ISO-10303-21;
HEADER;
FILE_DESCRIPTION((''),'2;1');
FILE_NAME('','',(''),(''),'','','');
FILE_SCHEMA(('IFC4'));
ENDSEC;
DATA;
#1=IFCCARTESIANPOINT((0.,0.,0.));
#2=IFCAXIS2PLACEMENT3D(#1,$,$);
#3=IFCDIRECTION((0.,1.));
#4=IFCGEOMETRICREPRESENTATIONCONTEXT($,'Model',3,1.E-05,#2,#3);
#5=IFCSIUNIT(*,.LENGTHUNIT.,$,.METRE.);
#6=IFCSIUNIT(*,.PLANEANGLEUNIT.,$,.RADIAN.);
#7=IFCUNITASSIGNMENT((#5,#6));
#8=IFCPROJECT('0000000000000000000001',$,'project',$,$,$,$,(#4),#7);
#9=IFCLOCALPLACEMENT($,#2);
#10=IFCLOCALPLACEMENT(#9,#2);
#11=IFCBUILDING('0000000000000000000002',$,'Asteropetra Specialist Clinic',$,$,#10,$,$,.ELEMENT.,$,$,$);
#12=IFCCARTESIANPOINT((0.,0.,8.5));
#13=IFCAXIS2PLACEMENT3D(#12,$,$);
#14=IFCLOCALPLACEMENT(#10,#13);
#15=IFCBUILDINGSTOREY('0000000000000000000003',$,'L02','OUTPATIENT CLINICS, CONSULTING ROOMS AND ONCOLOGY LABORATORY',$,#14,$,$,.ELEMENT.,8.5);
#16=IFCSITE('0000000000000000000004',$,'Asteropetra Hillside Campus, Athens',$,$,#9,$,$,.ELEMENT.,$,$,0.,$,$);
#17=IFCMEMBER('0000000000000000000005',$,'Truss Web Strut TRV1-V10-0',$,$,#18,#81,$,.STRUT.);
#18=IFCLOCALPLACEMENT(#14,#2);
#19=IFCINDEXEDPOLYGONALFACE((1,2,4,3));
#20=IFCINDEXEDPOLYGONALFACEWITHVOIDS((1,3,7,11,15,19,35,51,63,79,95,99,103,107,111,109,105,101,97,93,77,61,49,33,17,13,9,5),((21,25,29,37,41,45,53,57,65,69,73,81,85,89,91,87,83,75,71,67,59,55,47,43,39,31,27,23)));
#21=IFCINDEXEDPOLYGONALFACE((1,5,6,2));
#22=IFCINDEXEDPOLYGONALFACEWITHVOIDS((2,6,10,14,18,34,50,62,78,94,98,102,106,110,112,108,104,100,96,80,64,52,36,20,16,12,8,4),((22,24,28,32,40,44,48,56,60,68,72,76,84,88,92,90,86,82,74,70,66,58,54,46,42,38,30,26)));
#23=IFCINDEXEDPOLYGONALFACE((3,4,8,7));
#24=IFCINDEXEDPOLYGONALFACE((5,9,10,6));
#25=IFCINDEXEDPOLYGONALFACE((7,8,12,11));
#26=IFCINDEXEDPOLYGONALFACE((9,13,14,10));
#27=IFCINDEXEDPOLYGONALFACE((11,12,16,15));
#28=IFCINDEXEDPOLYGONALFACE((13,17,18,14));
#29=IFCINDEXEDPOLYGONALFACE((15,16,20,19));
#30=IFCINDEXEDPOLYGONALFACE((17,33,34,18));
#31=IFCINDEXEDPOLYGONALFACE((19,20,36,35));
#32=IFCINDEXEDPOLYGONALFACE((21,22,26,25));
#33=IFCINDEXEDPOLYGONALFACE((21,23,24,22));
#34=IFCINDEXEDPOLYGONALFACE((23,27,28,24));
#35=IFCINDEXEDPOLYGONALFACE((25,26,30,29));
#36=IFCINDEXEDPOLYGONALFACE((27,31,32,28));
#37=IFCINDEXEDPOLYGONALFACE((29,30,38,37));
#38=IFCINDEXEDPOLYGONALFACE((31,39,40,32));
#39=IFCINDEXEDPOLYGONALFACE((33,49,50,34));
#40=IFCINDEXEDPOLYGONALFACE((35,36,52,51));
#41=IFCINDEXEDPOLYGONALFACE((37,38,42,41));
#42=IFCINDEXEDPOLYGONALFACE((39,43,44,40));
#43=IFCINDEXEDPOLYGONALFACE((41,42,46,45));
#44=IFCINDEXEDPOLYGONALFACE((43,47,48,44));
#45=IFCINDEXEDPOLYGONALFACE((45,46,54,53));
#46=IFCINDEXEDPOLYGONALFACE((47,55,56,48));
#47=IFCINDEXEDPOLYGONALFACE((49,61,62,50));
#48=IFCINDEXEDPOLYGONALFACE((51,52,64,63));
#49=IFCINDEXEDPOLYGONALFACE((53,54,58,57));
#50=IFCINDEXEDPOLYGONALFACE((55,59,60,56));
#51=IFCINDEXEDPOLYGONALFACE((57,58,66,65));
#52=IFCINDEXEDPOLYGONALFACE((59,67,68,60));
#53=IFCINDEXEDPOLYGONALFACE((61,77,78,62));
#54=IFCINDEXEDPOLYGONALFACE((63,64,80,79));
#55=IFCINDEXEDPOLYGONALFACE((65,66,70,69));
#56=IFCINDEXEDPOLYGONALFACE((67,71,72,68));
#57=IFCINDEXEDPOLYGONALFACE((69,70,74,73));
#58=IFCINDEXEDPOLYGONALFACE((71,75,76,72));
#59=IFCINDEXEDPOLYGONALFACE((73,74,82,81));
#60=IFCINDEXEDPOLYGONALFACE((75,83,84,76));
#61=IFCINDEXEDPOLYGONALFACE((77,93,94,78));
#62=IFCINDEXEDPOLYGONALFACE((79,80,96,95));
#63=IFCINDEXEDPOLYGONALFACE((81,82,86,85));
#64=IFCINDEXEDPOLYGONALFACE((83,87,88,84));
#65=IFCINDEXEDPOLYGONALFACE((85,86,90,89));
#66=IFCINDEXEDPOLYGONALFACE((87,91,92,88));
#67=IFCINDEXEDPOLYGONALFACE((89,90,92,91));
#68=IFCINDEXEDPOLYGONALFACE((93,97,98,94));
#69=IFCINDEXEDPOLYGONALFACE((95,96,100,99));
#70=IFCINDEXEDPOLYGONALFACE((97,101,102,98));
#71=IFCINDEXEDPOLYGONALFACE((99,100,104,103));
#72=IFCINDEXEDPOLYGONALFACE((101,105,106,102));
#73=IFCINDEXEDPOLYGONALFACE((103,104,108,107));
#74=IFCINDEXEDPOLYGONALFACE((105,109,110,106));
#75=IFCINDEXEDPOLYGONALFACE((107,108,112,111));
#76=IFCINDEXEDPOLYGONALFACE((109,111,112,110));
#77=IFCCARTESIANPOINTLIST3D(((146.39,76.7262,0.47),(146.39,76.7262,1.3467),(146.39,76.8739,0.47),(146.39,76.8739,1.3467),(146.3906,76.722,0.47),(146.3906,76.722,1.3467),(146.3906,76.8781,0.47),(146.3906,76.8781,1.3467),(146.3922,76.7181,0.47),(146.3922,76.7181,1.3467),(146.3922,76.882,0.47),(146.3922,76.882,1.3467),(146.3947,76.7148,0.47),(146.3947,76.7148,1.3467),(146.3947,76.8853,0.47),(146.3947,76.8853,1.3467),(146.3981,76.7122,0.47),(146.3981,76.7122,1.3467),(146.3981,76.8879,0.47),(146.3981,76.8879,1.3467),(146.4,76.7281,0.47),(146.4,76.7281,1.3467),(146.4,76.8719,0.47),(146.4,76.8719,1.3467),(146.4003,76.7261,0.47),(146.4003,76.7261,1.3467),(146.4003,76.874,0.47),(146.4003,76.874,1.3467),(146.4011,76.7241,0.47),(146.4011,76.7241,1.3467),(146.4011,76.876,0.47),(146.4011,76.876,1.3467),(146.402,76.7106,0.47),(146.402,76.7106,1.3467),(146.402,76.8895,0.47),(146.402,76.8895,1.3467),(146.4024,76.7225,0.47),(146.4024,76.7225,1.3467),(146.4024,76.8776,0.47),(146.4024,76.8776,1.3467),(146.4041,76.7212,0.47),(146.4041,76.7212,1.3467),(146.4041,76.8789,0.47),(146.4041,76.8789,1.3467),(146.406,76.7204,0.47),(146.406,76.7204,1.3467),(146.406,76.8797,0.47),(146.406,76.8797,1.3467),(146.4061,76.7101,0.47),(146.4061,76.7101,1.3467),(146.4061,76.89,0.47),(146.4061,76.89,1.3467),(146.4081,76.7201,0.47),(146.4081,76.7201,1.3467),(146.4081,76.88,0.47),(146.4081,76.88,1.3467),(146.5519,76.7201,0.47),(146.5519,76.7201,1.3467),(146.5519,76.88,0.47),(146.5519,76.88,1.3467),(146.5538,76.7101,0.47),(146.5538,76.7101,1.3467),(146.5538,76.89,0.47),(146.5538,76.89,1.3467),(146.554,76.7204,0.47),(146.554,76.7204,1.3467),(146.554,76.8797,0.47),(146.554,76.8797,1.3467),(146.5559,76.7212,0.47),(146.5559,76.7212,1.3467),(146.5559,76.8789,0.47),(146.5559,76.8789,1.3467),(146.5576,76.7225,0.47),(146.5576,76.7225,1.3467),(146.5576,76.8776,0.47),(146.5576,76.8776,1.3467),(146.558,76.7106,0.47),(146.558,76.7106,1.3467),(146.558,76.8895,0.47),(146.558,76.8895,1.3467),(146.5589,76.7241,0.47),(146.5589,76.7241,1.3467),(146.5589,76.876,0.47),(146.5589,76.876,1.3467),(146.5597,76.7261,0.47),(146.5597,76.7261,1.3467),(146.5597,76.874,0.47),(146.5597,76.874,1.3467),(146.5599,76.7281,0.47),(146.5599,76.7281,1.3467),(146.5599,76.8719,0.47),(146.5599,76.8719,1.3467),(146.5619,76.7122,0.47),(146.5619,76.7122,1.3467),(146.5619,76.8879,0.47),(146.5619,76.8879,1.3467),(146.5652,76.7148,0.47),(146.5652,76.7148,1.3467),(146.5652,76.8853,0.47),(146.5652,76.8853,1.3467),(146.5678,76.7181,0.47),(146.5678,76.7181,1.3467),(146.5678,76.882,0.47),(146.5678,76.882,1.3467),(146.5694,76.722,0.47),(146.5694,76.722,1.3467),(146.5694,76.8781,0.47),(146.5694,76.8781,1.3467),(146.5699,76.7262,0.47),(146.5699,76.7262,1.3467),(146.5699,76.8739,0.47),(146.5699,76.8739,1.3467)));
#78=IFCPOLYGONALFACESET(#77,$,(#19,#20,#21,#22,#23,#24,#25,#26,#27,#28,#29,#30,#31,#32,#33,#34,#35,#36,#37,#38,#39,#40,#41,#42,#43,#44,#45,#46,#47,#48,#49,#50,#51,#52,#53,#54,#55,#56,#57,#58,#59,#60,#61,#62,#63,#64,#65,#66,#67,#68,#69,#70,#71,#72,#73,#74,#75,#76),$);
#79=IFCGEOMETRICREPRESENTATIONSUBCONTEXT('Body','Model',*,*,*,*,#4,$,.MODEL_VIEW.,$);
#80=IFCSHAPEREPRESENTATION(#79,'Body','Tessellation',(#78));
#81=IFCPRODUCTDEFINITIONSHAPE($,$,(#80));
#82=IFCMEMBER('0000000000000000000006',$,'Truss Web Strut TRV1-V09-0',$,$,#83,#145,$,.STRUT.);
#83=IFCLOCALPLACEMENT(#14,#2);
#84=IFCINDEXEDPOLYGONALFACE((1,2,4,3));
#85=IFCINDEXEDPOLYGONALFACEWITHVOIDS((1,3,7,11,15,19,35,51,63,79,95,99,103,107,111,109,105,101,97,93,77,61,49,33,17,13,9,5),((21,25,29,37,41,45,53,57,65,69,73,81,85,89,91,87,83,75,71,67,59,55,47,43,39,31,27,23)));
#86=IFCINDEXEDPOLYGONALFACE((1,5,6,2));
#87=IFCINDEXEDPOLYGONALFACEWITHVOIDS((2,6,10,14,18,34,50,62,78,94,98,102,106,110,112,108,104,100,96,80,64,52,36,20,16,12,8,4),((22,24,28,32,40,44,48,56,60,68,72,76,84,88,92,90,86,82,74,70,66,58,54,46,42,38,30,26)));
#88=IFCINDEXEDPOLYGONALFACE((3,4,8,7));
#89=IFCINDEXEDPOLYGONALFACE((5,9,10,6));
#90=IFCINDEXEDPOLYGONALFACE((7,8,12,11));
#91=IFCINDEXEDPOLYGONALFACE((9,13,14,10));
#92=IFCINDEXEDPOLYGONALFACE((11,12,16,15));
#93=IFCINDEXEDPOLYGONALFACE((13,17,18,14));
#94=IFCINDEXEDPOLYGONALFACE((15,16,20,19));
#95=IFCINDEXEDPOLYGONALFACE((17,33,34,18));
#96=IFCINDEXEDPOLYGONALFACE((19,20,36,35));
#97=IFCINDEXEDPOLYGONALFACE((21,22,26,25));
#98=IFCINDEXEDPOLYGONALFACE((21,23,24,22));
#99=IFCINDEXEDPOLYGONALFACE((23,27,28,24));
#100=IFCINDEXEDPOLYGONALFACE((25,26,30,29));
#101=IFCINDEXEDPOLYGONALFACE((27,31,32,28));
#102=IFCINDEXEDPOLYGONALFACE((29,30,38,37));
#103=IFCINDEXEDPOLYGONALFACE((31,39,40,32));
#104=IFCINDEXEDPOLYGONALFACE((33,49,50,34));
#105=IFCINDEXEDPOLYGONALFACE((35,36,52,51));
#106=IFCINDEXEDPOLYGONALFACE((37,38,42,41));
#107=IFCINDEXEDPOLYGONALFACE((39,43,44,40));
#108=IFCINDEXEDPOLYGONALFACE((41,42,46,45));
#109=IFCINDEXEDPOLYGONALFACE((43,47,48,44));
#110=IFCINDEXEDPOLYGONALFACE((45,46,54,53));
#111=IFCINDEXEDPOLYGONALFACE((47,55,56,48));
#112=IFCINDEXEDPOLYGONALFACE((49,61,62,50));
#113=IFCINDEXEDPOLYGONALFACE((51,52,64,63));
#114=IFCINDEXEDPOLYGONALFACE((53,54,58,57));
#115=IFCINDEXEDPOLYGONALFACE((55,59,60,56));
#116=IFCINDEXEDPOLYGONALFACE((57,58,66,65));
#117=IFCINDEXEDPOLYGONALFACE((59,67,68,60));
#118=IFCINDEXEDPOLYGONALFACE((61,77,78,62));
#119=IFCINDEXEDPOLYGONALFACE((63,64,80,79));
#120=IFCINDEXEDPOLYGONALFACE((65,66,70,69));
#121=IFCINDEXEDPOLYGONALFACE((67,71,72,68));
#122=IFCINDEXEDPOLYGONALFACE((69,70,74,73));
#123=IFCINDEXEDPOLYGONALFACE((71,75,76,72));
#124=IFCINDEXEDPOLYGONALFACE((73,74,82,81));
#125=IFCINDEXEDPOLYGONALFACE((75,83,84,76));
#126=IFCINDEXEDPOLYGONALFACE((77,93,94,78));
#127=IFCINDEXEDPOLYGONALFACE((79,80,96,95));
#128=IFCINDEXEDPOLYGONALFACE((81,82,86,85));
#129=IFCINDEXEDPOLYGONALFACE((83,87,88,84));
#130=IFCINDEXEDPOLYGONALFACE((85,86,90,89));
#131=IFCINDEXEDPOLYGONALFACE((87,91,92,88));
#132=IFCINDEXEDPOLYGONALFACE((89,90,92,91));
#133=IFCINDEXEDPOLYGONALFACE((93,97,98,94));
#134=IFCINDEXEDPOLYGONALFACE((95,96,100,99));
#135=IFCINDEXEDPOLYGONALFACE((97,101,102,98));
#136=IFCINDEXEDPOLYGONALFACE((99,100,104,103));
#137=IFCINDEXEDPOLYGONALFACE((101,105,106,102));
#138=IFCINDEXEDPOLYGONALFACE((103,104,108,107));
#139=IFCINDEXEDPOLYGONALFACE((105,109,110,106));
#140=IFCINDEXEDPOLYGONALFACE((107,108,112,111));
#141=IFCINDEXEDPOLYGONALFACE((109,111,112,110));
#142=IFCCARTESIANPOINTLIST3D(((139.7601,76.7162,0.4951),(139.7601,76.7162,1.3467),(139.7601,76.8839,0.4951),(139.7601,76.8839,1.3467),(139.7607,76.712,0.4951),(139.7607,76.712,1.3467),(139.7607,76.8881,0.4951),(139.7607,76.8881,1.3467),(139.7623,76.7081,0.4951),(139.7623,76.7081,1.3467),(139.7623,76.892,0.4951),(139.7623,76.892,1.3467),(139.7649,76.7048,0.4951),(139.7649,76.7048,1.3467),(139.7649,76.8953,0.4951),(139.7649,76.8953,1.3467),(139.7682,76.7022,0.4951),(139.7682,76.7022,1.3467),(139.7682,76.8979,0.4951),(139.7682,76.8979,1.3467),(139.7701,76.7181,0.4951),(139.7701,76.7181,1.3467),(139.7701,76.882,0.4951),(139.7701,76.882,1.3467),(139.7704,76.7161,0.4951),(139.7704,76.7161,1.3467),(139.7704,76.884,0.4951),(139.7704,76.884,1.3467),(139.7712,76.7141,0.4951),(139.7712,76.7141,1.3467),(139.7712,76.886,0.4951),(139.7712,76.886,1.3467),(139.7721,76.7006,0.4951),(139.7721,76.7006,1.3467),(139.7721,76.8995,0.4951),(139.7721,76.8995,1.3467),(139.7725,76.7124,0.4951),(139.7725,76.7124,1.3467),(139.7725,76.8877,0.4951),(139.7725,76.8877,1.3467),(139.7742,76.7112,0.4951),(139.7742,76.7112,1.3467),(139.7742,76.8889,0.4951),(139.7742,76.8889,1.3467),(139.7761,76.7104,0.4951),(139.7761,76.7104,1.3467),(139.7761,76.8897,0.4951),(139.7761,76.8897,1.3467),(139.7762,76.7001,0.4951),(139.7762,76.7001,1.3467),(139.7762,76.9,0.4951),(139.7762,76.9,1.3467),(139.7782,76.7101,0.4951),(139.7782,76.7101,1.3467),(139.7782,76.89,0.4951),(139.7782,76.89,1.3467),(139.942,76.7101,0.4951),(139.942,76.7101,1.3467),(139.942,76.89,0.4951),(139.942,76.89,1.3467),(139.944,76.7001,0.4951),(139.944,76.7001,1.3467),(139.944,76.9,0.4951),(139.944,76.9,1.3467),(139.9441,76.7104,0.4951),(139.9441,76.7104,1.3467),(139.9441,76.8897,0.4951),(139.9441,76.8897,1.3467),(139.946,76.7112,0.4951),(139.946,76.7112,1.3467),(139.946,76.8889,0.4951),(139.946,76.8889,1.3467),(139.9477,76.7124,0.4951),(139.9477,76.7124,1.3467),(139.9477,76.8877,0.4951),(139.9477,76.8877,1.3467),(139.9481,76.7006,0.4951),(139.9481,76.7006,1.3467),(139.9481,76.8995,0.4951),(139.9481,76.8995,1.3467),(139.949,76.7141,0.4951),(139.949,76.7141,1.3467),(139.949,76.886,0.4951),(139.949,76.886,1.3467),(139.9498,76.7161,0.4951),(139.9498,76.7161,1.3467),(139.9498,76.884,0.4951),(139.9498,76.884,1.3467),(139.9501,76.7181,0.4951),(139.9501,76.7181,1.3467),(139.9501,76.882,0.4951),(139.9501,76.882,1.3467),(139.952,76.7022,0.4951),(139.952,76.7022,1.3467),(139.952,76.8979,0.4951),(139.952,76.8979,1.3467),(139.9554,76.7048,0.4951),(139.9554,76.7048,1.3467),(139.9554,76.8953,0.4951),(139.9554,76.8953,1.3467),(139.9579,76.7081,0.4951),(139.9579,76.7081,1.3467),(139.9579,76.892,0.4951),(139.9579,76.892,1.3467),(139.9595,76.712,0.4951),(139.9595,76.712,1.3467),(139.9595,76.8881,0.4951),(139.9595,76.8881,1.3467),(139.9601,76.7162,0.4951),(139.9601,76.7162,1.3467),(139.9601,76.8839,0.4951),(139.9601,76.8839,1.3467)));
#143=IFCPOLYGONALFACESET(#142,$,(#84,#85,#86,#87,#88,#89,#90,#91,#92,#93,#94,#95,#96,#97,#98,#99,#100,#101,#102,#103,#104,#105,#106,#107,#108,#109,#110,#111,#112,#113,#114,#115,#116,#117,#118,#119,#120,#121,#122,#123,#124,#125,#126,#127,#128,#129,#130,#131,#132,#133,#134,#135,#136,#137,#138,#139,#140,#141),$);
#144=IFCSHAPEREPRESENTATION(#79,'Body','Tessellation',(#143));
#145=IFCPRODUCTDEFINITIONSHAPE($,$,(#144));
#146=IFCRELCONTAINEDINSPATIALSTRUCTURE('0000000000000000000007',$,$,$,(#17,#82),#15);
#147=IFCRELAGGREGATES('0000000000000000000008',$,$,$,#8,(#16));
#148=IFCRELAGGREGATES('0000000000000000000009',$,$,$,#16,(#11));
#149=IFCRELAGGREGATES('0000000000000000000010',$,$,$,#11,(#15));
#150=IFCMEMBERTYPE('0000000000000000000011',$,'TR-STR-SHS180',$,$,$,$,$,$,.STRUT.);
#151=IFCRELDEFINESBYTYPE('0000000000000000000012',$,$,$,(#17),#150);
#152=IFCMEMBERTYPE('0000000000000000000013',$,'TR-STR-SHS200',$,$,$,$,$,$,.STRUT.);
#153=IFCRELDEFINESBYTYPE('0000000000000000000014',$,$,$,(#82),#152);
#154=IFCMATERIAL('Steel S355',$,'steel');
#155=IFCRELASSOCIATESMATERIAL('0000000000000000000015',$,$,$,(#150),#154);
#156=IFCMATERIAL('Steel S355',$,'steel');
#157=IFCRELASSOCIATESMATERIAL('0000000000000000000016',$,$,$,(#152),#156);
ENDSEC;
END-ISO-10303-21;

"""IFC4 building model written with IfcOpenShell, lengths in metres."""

from ifc_helpers import new_model, si_unit, direction, frame, origin, origin_2d, place, context, subcontext, project, spatial, hollow_rectangle, extrude, material, material_profile, profile_set, type_object, element, save


model = new_model("IFC4")

# Units and contexts
model_context = context("Model", 3, precision=1e-05, world=origin(), true_north=direction((0.0, 1.0)))
body_context = subcontext(model_context, "Body", "Model", "MODEL_VIEW")
ifc_project = project(units=[si_unit("LENGTHUNIT", "METRE"), si_unit("PLANEANGLEUNIT", "RADIAN")], contexts=[model_context])

# Site, building, storey
site_placement = place(None, origin())
site = spatial("IfcSite", under=ifc_project, at=site_placement, Name="Asteropetra Hillside Campus, Athens", CompositionType="ELEMENT", RefElevation=0.0)
building_placement = place(site_placement, origin())
building = spatial("IfcBuilding", under=site, at=building_placement, Name="Asteropetra Specialist Clinic", CompositionType="ELEMENT")
storey_placement = place(building_placement, frame((0.0, 0.0, 8.5)))
storey = spatial("IfcBuildingStorey", under=building, at=storey_placement, Name="L02", Description="OUTPATIENT CLINICS, CONSULTING ROOMS AND ONCOLOGY LABORATORY", CompositionType="ELEMENT", Elevation=8.5)

# Members
ifc_material_1 = material(Name="Steel S355", Category="steel")
ifc_material_profile_1 = material_profile(ifc_material_1, hollow_rectangle(XDim=0.1799, YDim=0.1799, WallThickness=0.01, InnerFilletRadius=0.0081, OuterFilletRadius=0.0161, at=origin_2d()), Name="SHS 180x180x10.0")
ifc_profile_set_1 = profile_set([ifc_material_profile_1], Name="Steel S355")
member_type_1 = type_object("IfcMemberType", Name="TR-STR-SHS180", PredefinedType="STRUT", material=ifc_profile_set_1)
member_1_placement = place(storey_placement, frame((146.48, 76.8, 0.47), z_axis=(0.0, 0.0, 1.0), x_axis=(1.0, 0.0, 0.0)))
element("IfcMember", 1, at=member_1_placement, inside=storey, type_object=member_type_1, Name="Truss Web Strut TRV1-V10-0", PredefinedType="STRUT", context=body_context, shape_type="SweptSolid", body=[
    extrude(hollow_rectangle(XDim=0.1799, YDim=0.1799, WallThickness=0.01, InnerFilletRadius=0.0081, OuterFilletRadius=0.0161, at=origin_2d()), origin(), (0.0, 0.0, 1.0), 0.8767),
])
ifc_material_2 = material(Name="Steel S355", Category="steel")
ifc_material_profile_2 = material_profile(ifc_material_2, hollow_rectangle(XDim=0.2, YDim=0.2, WallThickness=0.01, InnerFilletRadius=0.0081, OuterFilletRadius=0.0161, at=origin_2d()), Name="SHS 200x200x10.0")
ifc_profile_set_2 = profile_set([ifc_material_profile_2], Name="Steel S355")
member_type_2 = type_object("IfcMemberType", Name="TR-STR-SHS200", PredefinedType="STRUT", material=ifc_profile_set_2)
member_2_placement = place(storey_placement, frame((139.8601, 76.8, 0.4951), z_axis=(0.0, 0.0, 1.0), x_axis=(1.0, 0.0, 0.0)))
element("IfcMember", 2, at=member_2_placement, inside=storey, type_object=member_type_2, Name="Truss Web Strut TRV1-V09-0", PredefinedType="STRUT", context=body_context, shape_type="SweptSolid", body=[
    extrude(hollow_rectangle(XDim=0.2, YDim=0.2, WallThickness=0.01, InnerFilletRadius=0.0081, OuterFilletRadius=0.0161, at=origin_2d()), origin(), (0.0, 0.0, 1.0), 0.8516),
])

save(model, "model.ifc")
